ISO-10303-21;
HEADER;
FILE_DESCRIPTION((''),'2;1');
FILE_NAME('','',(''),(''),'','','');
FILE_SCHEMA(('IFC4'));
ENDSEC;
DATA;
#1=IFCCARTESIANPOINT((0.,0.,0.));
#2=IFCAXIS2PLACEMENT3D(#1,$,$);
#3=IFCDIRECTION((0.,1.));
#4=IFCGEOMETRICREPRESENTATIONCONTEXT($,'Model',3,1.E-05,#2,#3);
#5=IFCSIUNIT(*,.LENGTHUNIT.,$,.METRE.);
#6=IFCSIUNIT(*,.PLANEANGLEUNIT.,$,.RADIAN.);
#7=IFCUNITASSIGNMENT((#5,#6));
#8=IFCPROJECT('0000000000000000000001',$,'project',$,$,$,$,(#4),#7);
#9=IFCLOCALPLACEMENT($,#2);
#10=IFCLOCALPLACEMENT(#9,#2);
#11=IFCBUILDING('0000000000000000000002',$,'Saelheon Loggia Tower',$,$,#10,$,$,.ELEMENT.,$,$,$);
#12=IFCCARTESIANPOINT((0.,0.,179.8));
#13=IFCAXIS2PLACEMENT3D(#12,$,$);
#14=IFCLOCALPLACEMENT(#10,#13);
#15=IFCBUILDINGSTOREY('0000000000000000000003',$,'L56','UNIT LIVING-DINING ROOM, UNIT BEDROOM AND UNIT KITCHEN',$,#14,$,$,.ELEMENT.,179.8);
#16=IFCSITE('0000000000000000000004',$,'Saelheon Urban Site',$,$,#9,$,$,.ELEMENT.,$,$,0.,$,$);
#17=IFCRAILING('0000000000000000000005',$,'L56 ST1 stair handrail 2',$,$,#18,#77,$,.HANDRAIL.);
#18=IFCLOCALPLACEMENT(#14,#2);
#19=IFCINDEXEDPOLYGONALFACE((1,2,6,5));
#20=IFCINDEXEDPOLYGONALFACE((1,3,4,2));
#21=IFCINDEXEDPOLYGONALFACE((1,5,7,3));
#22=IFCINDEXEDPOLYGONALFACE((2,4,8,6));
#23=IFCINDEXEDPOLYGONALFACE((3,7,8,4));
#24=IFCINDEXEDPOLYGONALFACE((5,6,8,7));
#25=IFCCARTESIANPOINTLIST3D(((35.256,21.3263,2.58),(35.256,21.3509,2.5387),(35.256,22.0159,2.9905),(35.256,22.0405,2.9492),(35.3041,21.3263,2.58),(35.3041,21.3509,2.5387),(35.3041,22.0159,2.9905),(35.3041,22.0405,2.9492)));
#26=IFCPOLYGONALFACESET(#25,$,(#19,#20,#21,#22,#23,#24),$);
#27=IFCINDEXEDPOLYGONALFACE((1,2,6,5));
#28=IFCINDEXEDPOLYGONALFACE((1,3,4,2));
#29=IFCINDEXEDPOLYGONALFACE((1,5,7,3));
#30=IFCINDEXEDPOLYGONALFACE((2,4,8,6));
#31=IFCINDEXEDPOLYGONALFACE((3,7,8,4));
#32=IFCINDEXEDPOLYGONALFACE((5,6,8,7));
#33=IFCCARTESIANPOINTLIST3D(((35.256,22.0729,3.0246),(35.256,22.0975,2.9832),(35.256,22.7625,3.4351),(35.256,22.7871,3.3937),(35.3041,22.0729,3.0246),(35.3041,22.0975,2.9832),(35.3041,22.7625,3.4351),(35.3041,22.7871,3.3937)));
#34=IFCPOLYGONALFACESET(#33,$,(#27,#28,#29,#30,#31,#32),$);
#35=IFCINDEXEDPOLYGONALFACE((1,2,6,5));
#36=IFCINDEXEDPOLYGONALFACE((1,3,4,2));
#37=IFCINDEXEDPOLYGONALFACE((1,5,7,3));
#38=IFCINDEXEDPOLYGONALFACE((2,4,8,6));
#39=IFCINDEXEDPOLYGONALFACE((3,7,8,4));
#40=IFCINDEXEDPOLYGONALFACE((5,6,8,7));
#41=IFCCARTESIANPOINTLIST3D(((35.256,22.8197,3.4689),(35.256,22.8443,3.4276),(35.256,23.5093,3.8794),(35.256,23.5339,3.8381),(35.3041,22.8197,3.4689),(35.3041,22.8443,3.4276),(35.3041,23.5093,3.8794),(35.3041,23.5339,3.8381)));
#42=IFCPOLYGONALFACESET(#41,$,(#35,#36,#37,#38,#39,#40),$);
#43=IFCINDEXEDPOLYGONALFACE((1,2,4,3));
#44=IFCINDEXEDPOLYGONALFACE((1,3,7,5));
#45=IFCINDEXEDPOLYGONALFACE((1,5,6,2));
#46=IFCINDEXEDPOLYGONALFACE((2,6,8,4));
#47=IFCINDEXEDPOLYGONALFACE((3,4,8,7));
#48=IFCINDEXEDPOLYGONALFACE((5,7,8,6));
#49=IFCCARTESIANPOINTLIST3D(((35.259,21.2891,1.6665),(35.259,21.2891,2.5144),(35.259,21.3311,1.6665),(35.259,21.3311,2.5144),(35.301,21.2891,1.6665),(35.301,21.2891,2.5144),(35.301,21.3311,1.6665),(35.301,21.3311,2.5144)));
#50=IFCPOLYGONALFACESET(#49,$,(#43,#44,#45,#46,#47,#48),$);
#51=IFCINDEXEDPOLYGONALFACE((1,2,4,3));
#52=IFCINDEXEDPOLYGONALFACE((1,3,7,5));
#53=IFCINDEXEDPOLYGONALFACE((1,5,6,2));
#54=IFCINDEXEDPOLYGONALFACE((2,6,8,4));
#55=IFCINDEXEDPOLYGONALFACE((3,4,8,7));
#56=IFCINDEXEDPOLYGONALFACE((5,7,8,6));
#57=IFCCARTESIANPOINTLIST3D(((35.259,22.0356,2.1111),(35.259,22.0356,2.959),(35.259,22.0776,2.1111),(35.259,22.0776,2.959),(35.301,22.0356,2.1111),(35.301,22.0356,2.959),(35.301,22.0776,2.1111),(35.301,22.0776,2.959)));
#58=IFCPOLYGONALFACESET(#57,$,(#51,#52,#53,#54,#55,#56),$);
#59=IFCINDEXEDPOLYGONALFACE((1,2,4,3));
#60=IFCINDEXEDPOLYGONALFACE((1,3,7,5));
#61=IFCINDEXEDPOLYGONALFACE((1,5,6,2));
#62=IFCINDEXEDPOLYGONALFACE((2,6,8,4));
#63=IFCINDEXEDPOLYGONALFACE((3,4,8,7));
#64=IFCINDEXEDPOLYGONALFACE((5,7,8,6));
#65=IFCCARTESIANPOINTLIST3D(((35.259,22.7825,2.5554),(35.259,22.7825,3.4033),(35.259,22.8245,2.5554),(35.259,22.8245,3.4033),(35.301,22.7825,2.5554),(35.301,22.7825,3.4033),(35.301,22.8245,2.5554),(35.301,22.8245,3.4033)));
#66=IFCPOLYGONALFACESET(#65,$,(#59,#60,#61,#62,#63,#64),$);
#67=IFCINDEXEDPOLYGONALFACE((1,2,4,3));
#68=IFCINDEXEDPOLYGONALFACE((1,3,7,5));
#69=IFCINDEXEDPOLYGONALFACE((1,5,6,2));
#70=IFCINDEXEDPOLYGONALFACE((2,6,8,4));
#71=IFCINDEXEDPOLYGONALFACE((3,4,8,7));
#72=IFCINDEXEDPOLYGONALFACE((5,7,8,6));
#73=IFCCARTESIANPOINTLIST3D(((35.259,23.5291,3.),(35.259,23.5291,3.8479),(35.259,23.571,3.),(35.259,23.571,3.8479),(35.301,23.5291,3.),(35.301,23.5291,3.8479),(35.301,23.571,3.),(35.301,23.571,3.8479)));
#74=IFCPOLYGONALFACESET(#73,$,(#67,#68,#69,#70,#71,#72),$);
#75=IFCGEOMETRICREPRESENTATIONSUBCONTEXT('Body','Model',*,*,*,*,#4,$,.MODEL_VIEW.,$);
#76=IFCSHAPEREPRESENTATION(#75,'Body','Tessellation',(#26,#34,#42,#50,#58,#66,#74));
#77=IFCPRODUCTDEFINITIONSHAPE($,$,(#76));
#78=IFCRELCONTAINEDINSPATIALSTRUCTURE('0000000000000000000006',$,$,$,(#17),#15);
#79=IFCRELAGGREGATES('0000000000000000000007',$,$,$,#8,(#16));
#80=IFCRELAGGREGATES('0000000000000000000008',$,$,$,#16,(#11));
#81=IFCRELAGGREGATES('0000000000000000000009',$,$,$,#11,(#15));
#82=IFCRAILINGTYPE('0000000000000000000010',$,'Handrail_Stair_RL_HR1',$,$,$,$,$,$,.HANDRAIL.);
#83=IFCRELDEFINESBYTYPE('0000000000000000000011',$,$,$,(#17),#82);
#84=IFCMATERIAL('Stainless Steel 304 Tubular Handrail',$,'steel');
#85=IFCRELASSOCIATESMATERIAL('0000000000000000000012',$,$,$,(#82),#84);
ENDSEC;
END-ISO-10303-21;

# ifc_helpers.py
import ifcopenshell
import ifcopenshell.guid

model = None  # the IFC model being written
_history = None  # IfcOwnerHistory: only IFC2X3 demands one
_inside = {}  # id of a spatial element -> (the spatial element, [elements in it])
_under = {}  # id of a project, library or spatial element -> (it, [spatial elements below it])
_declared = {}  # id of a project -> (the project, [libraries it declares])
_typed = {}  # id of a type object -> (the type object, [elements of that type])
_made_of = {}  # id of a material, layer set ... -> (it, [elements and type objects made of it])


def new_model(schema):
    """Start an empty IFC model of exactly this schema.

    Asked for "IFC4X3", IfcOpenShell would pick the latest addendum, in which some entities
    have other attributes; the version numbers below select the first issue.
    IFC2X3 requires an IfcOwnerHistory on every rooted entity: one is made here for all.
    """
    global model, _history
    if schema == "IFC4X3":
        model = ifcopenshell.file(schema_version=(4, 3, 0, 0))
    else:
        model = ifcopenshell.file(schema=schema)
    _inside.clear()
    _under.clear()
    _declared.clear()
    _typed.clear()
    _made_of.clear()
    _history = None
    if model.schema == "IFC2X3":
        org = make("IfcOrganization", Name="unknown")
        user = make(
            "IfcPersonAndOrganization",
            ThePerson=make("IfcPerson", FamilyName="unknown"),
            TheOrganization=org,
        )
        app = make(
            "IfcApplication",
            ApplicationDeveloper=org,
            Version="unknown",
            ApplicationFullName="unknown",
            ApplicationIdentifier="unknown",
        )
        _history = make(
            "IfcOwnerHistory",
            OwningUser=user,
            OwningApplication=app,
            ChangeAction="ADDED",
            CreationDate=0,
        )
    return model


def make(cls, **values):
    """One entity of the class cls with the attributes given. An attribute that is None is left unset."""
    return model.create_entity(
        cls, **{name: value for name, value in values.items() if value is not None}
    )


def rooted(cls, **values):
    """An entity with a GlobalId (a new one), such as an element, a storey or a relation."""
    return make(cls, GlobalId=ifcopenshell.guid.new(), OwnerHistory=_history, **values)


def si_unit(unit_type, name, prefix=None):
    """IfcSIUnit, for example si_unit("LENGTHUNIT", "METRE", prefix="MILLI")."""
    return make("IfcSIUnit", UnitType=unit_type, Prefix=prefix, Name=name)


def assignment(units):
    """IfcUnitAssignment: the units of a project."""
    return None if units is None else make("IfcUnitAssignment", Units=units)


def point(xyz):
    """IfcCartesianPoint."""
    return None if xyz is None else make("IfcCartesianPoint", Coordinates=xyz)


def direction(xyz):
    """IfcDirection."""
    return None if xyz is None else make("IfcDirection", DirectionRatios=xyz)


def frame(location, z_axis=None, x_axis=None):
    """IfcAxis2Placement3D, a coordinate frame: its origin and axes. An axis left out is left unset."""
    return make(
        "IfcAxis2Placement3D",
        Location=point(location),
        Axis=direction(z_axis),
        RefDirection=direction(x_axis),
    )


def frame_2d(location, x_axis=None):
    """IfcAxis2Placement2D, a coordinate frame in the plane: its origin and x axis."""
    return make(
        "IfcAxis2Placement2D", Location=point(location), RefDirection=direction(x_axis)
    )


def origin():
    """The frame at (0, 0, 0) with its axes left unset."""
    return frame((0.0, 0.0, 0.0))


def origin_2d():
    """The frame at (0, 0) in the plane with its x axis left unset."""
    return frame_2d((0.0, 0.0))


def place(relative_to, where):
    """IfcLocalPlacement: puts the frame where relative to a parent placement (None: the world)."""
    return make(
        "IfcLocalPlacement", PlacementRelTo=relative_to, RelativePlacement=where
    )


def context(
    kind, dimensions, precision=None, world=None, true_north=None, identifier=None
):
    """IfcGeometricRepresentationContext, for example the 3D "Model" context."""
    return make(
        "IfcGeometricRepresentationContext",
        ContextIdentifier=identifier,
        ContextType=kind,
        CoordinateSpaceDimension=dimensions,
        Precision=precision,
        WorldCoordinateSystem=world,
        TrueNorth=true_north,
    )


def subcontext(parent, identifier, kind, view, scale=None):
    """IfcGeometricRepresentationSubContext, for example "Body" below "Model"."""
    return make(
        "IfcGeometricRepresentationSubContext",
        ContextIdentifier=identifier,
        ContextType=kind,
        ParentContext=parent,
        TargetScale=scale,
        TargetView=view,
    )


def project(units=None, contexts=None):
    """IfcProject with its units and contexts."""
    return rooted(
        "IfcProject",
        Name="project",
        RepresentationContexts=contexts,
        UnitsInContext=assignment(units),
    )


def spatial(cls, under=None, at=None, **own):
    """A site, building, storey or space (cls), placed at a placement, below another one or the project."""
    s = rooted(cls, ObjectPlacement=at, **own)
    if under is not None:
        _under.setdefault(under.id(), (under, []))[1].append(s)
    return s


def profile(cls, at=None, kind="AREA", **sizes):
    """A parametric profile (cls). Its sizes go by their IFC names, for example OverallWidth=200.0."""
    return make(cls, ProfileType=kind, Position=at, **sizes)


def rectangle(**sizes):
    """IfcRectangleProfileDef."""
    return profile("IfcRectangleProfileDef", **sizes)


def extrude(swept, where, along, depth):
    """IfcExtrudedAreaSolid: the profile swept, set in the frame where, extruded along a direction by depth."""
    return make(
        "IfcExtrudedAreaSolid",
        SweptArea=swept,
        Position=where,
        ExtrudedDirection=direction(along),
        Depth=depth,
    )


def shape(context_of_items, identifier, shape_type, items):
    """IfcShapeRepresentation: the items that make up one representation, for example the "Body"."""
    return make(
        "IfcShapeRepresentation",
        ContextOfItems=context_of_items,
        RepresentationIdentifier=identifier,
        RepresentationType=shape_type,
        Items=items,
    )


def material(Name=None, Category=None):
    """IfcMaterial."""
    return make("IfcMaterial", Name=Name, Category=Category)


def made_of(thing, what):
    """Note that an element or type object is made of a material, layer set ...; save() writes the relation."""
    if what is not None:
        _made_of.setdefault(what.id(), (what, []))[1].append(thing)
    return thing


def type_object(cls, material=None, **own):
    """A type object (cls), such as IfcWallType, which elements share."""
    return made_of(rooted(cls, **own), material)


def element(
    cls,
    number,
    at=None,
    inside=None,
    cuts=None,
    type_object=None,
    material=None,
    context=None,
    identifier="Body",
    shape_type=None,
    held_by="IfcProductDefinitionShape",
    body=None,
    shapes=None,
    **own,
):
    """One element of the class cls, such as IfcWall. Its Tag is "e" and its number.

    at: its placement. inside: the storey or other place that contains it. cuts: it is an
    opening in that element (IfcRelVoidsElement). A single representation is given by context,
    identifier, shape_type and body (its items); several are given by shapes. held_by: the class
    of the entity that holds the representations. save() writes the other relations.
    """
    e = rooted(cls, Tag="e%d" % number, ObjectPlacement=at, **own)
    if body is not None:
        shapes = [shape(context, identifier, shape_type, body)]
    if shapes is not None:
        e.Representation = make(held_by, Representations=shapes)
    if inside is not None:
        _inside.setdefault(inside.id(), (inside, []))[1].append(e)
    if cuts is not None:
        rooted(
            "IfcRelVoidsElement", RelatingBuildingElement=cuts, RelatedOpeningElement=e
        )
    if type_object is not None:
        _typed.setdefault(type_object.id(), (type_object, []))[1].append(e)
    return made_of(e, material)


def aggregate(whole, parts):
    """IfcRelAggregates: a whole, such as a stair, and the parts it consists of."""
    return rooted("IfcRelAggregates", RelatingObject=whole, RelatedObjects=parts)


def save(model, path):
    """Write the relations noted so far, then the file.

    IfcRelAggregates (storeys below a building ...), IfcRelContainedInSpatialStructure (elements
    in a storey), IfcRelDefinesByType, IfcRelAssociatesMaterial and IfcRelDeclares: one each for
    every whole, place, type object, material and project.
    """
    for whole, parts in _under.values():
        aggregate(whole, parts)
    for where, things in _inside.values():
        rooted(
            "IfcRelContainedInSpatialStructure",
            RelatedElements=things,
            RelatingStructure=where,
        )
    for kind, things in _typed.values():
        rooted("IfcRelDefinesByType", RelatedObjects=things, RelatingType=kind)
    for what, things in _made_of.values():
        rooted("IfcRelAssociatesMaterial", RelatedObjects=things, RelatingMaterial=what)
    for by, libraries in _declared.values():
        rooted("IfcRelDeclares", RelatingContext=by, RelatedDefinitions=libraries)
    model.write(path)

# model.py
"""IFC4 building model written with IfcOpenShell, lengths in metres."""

from ifc_helpers import new_model, si_unit, direction, frame, origin, origin_2d, place, context, subcontext, project, spatial, rectangle, extrude, material, type_object, element, save


model = new_model("IFC4")

# Units and contexts
model_context = context("Model", 3, precision=1e-05, world=origin(), true_north=direction((0.0, 1.0)))
body_context = subcontext(model_context, "Body", "Model", "MODEL_VIEW")
ifc_project = project(units=[si_unit("LENGTHUNIT", "METRE"), si_unit("PLANEANGLEUNIT", "RADIAN")], contexts=[model_context])

# Site, building, storey
site_placement = place(None, origin())
site = spatial("IfcSite", under=ifc_project, at=site_placement, Name="Saelheon Urban Site", CompositionType="ELEMENT", RefElevation=0.0)
building_placement = place(site_placement, origin())
building = spatial("IfcBuilding", under=site, at=building_placement, Name="Saelheon Loggia Tower", CompositionType="ELEMENT")
storey_placement = place(building_placement, frame((0.0, 0.0, 179.8)))
storey = spatial("IfcBuildingStorey", under=building, at=storey_placement, Name="L56", Description="UNIT LIVING-DINING ROOM, UNIT BEDROOM AND UNIT KITCHEN", CompositionType="ELEMENT", Elevation=179.8)

# Railing
ifc_material_1 = material(Name="Stainless Steel 304 Tubular Handrail", Category="steel")
railing_type_1 = type_object("IfcRailingType", Name="Handrail_Stair_RL_HR1", PredefinedType="HANDRAIL", material=ifc_material_1)
railing_1_placement = place(storey_placement, frame((35.28, 21.3101, 1.6665)))
element("IfcRailing", 1, at=railing_1_placement, inside=storey, type_object=railing_type_1, Name="L56 ST1 stair handrail 2", PredefinedType="HANDRAIL", context=body_context, shape_type="SweptSolid", body=[
    extrude(rectangle(XDim=0.0481, YDim=0.0481, at=origin_2d()), frame((0.0, 0.0286, 0.8928), z_axis=(0.0, 0.859264, 0.511532), x_axis=(-1.0, 0.0, 0.0)), (0.0, 0.0, 1.0), 0.8025),
    extrude(rectangle(XDim=0.0481, YDim=0.0481, at=origin_2d()), frame((0.0, 0.7751, 1.3374), z_axis=(0.0, 0.859264, 0.511532), x_axis=(-1.0, 0.0, 0.0)), (0.0, 0.0, 1.0), 0.8025),
    extrude(rectangle(XDim=0.0481, YDim=0.0481, at=origin_2d()), frame((0.0, 1.522, 1.7817), z_axis=(0.0, 0.859264, 0.511532), x_axis=(-1.0, 0.0, 0.0)), (0.0, 0.0, 1.0), 0.8025),
    extrude(rectangle(XDim=0.042, YDim=0.042, at=origin_2d()), origin(), (0.0, 0.0, 1.0), 0.8479),
    extrude(rectangle(XDim=0.042, YDim=0.042, at=origin_2d()), frame((0.0, 0.7466, 0.4446)), (0.0, 0.0, 1.0), 0.8479),
    extrude(rectangle(XDim=0.042, YDim=0.042, at=origin_2d()), frame((0.0, 1.4934, 0.8889)), (0.0, 0.0, 1.0), 0.8479),
    extrude(rectangle(XDim=0.042, YDim=0.042, at=origin_2d()), frame((0.0, 2.24, 1.3335)), (0.0, 0.0, 1.0), 0.8479),
])

save(model, "model.ifc")
